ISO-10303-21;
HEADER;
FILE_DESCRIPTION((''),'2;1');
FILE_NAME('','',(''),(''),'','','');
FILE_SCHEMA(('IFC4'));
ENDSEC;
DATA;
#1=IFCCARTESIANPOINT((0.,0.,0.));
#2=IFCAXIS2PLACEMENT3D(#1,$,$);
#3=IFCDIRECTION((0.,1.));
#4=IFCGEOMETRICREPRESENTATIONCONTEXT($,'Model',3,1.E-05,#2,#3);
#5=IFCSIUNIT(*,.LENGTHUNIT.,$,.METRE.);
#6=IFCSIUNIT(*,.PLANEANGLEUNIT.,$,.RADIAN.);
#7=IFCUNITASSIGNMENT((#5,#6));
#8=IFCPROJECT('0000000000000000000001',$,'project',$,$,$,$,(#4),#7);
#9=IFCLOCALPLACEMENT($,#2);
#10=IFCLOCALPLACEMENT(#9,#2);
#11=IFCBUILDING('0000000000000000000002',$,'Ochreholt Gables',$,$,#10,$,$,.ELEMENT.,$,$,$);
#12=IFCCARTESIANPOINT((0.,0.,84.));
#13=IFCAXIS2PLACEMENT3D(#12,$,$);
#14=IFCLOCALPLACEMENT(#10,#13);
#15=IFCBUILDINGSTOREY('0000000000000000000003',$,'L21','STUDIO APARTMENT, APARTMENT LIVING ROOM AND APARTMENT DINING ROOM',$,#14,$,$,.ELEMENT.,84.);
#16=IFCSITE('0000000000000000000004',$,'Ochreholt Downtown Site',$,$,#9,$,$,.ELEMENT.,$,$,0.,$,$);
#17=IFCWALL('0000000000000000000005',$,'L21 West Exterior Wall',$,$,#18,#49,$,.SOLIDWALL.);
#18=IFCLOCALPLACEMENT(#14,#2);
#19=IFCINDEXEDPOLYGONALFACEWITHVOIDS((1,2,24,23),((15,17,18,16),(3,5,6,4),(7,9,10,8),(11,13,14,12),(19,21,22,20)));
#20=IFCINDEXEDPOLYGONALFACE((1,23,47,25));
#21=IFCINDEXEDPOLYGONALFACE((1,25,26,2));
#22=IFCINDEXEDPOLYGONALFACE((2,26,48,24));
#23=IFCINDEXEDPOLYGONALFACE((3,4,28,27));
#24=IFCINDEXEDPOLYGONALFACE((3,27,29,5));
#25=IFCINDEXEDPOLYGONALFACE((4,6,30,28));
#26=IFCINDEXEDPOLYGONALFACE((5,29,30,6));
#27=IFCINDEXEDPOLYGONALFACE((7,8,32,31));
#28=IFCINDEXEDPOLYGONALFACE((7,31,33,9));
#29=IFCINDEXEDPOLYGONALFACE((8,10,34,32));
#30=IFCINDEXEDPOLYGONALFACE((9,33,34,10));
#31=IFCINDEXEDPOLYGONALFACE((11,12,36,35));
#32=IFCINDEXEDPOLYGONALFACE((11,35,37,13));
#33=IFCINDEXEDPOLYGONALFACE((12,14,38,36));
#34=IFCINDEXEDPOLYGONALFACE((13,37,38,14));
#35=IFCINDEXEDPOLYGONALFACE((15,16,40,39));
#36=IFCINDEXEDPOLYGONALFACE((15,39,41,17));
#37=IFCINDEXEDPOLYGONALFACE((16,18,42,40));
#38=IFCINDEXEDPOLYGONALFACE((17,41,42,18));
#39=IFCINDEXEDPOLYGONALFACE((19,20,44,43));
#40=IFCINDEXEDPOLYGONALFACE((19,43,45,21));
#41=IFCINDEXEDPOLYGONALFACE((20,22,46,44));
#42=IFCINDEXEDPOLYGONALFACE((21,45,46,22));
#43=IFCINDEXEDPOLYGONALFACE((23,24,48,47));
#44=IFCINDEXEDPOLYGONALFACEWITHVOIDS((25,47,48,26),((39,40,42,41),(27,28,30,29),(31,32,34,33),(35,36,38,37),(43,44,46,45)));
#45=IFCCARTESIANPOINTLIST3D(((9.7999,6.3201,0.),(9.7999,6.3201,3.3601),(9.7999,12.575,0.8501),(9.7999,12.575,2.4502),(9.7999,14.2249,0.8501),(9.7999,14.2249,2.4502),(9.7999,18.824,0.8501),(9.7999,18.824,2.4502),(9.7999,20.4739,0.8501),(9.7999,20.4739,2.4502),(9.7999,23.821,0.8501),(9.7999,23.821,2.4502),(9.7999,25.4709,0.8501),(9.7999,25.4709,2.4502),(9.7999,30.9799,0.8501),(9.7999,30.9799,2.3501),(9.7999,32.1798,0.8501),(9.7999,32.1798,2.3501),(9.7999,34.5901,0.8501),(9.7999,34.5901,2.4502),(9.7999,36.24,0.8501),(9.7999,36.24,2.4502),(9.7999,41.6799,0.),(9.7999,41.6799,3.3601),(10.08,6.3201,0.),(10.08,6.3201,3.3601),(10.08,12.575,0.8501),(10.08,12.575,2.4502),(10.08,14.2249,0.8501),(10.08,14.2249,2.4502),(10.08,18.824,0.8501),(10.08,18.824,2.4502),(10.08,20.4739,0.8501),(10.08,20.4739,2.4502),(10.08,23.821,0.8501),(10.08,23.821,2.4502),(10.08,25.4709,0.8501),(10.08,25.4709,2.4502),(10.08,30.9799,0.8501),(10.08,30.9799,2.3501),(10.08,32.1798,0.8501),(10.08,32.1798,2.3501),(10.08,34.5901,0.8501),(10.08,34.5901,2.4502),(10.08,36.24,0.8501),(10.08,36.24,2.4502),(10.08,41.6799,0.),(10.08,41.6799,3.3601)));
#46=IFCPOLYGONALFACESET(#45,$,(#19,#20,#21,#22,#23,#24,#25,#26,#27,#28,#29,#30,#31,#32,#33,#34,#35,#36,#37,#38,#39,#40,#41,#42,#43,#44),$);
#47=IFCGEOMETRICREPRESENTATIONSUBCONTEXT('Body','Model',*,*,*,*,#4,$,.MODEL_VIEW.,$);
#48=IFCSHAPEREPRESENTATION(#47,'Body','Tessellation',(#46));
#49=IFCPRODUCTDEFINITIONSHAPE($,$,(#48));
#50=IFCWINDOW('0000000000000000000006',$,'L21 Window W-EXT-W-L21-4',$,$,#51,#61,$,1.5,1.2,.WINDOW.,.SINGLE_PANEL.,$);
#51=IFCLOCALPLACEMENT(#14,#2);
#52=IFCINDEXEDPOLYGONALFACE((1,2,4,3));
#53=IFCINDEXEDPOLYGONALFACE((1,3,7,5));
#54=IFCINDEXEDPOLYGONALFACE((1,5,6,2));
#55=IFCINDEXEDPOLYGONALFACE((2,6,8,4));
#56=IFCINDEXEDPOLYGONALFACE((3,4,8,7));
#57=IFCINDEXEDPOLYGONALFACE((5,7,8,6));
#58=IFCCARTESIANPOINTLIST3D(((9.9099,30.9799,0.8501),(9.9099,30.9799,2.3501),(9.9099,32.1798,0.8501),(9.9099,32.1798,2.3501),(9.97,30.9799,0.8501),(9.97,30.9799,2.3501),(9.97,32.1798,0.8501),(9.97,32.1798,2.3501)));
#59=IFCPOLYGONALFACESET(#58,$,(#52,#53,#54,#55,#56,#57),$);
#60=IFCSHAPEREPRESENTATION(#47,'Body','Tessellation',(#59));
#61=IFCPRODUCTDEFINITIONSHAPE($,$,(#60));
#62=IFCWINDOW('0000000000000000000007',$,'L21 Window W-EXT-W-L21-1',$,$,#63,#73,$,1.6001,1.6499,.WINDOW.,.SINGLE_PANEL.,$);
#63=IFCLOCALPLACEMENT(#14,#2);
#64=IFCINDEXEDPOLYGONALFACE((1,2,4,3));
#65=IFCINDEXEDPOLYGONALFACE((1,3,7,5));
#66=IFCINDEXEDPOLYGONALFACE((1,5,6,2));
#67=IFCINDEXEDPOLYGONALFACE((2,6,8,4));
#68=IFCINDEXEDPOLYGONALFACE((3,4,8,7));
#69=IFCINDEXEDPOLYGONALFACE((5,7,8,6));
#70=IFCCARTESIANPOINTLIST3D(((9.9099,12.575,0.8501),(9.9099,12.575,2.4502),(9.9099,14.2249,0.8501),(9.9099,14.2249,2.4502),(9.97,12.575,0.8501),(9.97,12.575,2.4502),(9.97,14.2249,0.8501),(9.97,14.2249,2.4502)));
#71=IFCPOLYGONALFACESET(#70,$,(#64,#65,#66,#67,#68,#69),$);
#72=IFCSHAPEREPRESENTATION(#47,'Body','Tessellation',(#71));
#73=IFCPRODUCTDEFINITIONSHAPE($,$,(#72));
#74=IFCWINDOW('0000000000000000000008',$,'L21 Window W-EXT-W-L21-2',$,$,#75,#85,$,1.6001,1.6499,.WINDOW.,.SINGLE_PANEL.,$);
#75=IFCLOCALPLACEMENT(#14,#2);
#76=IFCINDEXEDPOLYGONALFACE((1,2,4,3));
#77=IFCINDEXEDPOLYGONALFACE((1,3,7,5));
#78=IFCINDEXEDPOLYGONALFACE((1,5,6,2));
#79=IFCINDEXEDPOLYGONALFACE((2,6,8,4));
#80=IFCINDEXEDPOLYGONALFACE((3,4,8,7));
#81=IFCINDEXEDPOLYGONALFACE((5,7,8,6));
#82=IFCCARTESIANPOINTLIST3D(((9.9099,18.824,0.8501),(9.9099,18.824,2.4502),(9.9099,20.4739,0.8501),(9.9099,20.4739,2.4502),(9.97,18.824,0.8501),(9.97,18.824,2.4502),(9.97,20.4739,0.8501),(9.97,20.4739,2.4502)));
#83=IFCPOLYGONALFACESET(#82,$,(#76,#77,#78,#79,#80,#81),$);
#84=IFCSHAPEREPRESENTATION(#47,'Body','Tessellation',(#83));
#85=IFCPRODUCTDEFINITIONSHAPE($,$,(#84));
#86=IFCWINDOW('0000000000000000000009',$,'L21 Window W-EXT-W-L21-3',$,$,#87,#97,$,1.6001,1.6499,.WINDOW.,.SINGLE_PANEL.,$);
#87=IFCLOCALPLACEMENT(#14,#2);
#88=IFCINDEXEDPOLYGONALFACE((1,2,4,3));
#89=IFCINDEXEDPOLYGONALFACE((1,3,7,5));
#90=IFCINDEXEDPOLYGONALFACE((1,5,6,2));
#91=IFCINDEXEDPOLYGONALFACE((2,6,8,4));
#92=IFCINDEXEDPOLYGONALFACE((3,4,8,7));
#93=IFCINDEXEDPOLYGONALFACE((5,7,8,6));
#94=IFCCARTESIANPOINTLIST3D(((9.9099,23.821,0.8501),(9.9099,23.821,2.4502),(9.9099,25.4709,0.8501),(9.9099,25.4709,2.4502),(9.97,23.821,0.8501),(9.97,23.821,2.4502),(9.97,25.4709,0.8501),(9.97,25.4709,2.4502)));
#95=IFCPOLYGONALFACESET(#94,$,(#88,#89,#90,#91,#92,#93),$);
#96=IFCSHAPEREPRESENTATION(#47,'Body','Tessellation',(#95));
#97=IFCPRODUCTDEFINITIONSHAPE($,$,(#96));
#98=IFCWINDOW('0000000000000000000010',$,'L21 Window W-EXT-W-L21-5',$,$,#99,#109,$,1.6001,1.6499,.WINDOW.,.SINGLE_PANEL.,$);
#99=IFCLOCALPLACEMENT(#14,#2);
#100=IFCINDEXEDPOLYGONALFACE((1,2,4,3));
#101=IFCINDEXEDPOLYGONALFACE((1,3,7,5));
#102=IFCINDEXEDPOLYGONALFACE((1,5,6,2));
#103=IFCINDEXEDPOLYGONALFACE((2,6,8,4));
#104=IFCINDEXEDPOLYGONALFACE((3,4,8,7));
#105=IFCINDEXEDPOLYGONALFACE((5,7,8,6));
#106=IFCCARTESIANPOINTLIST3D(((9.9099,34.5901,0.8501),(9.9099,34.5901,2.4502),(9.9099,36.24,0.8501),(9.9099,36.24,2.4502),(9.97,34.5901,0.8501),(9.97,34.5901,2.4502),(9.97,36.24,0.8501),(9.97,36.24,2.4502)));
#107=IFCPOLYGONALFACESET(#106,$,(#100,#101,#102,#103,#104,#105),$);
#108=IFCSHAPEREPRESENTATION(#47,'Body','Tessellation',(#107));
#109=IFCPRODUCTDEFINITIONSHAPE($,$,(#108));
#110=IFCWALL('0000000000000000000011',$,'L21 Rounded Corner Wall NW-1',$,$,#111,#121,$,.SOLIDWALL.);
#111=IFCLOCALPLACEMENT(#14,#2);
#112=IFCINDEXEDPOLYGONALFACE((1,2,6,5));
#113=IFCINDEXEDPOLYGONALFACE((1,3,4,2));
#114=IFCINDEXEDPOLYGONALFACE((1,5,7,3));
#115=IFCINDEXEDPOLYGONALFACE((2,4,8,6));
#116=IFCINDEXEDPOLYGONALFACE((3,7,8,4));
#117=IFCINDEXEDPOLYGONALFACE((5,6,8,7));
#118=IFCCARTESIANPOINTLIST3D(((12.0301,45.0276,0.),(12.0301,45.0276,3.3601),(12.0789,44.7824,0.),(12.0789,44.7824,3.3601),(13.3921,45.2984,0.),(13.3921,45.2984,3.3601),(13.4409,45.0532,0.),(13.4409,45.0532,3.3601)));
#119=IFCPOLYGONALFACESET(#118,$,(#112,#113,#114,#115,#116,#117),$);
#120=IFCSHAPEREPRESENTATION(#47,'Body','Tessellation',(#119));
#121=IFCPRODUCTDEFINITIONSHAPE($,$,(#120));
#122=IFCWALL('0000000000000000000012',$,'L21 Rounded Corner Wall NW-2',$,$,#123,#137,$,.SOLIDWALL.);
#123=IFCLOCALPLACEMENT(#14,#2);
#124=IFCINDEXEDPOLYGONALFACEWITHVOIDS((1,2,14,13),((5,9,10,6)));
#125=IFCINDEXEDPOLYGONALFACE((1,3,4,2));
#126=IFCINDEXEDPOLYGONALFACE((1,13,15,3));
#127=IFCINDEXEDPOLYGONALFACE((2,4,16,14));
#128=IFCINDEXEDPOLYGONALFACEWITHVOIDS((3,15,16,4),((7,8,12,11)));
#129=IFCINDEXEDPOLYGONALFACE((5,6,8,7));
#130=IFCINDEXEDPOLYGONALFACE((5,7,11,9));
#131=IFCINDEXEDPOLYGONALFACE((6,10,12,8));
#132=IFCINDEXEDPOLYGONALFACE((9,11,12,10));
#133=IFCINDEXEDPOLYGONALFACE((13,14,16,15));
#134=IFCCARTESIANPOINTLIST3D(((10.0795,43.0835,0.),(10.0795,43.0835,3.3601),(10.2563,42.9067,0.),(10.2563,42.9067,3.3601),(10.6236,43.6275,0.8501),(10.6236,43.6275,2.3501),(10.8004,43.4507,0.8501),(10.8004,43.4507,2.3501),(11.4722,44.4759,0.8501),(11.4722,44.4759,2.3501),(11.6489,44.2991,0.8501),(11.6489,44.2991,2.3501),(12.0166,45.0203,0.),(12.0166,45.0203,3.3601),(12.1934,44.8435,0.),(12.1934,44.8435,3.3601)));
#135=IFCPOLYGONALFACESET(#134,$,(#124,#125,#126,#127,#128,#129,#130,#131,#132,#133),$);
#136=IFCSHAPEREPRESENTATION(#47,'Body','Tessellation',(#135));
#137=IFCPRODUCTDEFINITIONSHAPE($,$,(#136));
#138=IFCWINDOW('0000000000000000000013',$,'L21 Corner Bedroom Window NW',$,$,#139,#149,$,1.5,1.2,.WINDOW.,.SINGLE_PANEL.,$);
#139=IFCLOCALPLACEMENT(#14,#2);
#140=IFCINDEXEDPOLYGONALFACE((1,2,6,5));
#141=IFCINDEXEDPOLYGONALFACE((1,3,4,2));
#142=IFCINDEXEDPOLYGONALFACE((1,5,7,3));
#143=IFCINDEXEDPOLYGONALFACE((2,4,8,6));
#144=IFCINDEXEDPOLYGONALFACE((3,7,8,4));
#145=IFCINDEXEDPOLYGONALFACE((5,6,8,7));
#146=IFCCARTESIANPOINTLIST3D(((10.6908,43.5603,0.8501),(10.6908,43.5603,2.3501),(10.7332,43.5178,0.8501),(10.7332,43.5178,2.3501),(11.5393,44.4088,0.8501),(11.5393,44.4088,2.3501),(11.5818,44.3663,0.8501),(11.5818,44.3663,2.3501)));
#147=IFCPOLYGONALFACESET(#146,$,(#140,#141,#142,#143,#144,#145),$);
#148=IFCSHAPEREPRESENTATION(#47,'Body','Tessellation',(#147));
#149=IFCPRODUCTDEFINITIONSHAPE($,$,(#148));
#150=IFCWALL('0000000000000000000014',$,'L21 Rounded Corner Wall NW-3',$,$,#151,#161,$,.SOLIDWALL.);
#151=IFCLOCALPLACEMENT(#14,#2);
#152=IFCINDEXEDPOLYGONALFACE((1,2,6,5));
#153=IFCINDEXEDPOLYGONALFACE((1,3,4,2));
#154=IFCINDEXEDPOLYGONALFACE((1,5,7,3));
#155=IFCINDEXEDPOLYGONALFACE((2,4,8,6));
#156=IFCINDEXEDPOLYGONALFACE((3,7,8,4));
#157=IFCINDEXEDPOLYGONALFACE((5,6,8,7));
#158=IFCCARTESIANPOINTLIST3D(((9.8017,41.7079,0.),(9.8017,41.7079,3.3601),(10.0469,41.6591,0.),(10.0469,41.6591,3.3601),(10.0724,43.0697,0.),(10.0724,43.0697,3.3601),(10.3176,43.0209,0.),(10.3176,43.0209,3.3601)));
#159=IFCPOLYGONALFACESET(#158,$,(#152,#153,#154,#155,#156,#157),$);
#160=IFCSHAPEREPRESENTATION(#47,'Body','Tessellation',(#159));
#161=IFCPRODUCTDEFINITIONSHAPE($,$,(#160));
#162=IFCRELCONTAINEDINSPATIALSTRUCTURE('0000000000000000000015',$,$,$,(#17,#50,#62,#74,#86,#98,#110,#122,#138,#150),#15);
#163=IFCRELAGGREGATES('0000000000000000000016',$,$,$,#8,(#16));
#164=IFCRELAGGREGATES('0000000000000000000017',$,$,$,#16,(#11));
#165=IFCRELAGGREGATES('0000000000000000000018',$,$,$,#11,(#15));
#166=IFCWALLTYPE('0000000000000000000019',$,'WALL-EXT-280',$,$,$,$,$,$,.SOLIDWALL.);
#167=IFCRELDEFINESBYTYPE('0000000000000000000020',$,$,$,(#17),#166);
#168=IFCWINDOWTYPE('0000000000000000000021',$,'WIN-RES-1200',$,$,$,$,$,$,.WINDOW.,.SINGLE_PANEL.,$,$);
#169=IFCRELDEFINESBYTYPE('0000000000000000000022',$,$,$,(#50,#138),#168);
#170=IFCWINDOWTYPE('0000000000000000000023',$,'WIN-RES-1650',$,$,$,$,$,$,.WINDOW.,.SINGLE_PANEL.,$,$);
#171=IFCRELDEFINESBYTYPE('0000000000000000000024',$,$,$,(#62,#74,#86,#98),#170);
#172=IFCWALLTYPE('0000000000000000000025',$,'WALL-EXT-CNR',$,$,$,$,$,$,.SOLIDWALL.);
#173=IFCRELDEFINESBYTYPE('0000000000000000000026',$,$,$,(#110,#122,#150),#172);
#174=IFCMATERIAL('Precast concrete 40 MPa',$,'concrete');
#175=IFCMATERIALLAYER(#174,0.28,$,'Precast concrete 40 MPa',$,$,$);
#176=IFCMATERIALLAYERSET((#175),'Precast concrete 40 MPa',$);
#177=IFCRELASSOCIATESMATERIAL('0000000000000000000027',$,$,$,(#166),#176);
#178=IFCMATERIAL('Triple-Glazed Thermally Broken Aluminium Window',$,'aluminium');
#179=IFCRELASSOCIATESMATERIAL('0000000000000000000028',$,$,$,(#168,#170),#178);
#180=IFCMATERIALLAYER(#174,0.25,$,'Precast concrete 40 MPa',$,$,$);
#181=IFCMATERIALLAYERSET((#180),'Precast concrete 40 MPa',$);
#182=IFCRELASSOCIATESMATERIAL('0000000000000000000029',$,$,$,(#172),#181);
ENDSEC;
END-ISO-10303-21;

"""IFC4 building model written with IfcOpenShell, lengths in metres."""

from ifc_helpers import new_model, si_unit, direction, frame, frame_2d, origin, place, context, subcontext, project, spatial, rectangle, extrude, material, layer, layer_set, type_object, element, fill, save


model = new_model("IFC4")

# Units and contexts
model_context = context("Model", 3, precision=1e-05, world=origin(), true_north=direction((0.0, 1.0)))
body_context = subcontext(model_context, "Body", "Model", "MODEL_VIEW")
ifc_project = project(units=[si_unit("LENGTHUNIT", "METRE"), si_unit("PLANEANGLEUNIT", "RADIAN")], contexts=[model_context])

# Site, building, storey
site_placement = place(None, origin())
site = spatial("IfcSite", under=ifc_project, at=site_placement, Name="Ochreholt Downtown Site", CompositionType="ELEMENT", RefElevation=0.0)
building_placement = place(site_placement, origin())
building = spatial("IfcBuilding", under=site, at=building_placement, Name="Ochreholt Gables", CompositionType="ELEMENT")
storey_placement = place(building_placement, frame((0.0, 0.0, 84.0)))
storey = spatial("IfcBuildingStorey", under=building, at=storey_placement, Name="L21", Description="STUDIO APARTMENT, APARTMENT LIVING ROOM AND APARTMENT DINING ROOM", CompositionType="ELEMENT", Elevation=84.0)

# Wall, openings, windows
ifc_material_1 = material(Name="Precast concrete 40 MPa", Category="concrete")
ifc_layer_1 = layer(ifc_material_1, 0.28, Name="Precast concrete 40 MPa")
ifc_layer_set_1 = layer_set([ifc_layer_1], Name="Precast concrete 40 MPa")
wall_type_1 = type_object("IfcWallType", Name="WALL-EXT-280", PredefinedType="SOLIDWALL", material=ifc_layer_set_1)
wall_1_placement = place(storey_placement, frame((9.9399, 41.6799, 0.0), z_axis=(0.0, 0.0, 1.0), x_axis=(0.0, -1.0, 0.0)))
wall_1 = element("IfcWall", 1, at=wall_1_placement, inside=storey, type_object=wall_type_1, Name="L21 West Exterior Wall", PredefinedType="SOLIDWALL", context=body_context, shape_type="SweptSolid", body=[
    extrude(rectangle(XDim=35.3599, YDim=0.28, at=frame_2d((17.6799, 0.0))), origin(), (0.0, 0.0, 1.0), 3.3601),
])
opening_1_placement = place(wall_1_placement, frame((27.4551, 0.0, 0.8501)))
opening_1 = element("IfcOpeningElement", 2, at=opening_1_placement, cuts=wall_1, PredefinedType="OPENING", context=body_context, shape_type="SweptSolid", body=[
    extrude(rectangle(XDim=1.6499, YDim=1.6001, at=frame_2d((0.825, 0.8))), frame((0.0, 0.1499, 0.0), z_axis=(0.0, -1.0, 0.0), x_axis=(1.0, 0.0, 0.0)), (0.0, 0.0, 1.0), 0.3),
])
opening_2_placement = place(wall_1_placement, frame((21.2061, 0.0, 0.8501)))
opening_2 = element("IfcOpeningElement", 3, at=opening_2_placement, cuts=wall_1, PredefinedType="OPENING", context=body_context, shape_type="SweptSolid", body=[
    extrude(rectangle(XDim=1.6499, YDim=1.6001, at=frame_2d((0.825, 0.8))), frame((0.0, 0.1499, 0.0), z_axis=(0.0, -1.0, 0.0), x_axis=(1.0, 0.0, 0.0)), (0.0, 0.0, 1.0), 0.3),
])
opening_3_placement = place(wall_1_placement, frame((16.209, 0.0, 0.8501)))
opening_3 = element("IfcOpeningElement", 4, at=opening_3_placement, cuts=wall_1, PredefinedType="OPENING", context=body_context, shape_type="SweptSolid", body=[
    extrude(rectangle(XDim=1.6499, YDim=1.6001, at=frame_2d((0.825, 0.8))), frame((0.0, 0.1499, 0.0), z_axis=(0.0, -1.0, 0.0), x_axis=(1.0, 0.0, 0.0)), (0.0, 0.0, 1.0), 0.3),
])
opening_4_placement = place(wall_1_placement, frame((9.5, 0.0, 0.8501)))
opening_4 = element("IfcOpeningElement", 5, at=opening_4_placement, cuts=wall_1, PredefinedType="OPENING", context=body_context, shape_type="SweptSolid", body=[
    extrude(rectangle(XDim=1.2, YDim=1.5, at=frame_2d((0.6001, 0.75))), frame((0.0, 0.1499, 0.0), z_axis=(0.0, -1.0, 0.0), x_axis=(1.0, 0.0, 0.0)), (0.0, 0.0, 1.0), 0.3),
])
opening_5_placement = place(wall_1_placement, frame((5.4399, 0.0, 0.8501)))
opening_5 = element("IfcOpeningElement", 6, at=opening_5_placement, cuts=wall_1, PredefinedType="OPENING", context=body_context, shape_type="SweptSolid", body=[
    extrude(rectangle(XDim=1.6499, YDim=1.6001, at=frame_2d((0.825, 0.8))), frame((0.0, 0.1499, 0.0), z_axis=(0.0, -1.0, 0.0), x_axis=(1.0, 0.0, 0.0)), (0.0, 0.0, 1.0), 0.3),
])
ifc_material_2 = material(Name="Triple-Glazed Thermally Broken Aluminium Window", Category="aluminium")
window_type_1 = type_object("IfcWindowType", Name="WIN-RES-1200", PartitioningType="SINGLE_PANEL", PredefinedType="WINDOW", material=ifc_material_2)
window_1_placement = place(opening_4_placement, origin())
window_1 = element("IfcWindow", 7, at=window_1_placement, inside=storey, type_object=window_type_1, Name="L21 Window W-EXT-W-L21-4", OverallHeight=1.5, OverallWidth=1.2, PartitioningType="SINGLE_PANEL", PredefinedType="WINDOW", context=body_context, shape_type="SweptSolid", body=[
    extrude(rectangle(XDim=1.2, YDim=1.5, at=frame_2d((0.6001, 0.75))), frame((0.0, 0.03, 0.0), z_axis=(0.0, -1.0, 0.0), x_axis=(1.0, 0.0, 0.0)), (0.0, 0.0, 1.0), 0.0601),
])
fill(opening_4, window_1)
window_type_2 = type_object("IfcWindowType", Name="WIN-RES-1650", PartitioningType="SINGLE_PANEL", PredefinedType="WINDOW", material=ifc_material_2)
window_2_placement = place(opening_1_placement, origin())
window_2 = element("IfcWindow", 8, at=window_2_placement, inside=storey, type_object=window_type_2, Name="L21 Window W-EXT-W-L21-1", OverallHeight=1.6001, OverallWidth=1.6499, PartitioningType="SINGLE_PANEL", PredefinedType="WINDOW", context=body_context, shape_type="SweptSolid", body=[
    extrude(rectangle(XDim=1.6499, YDim=1.6001, at=frame_2d((0.825, 0.8))), frame((0.0, 0.03, 0.0), z_axis=(0.0, -1.0, 0.0), x_axis=(1.0, 0.0, 0.0)), (0.0, 0.0, 1.0), 0.0601),
])
fill(opening_1, window_2)
window_3_placement = place(opening_2_placement, origin())
window_3 = element("IfcWindow", 9, at=window_3_placement, inside=storey, type_object=window_type_2, Name="L21 Window W-EXT-W-L21-2", OverallHeight=1.6001, OverallWidth=1.6499, PartitioningType="SINGLE_PANEL", PredefinedType="WINDOW", context=body_context, shape_type="SweptSolid", body=[
    extrude(rectangle(XDim=1.6499, YDim=1.6001, at=frame_2d((0.825, 0.8))), frame((0.0, 0.03, 0.0), z_axis=(0.0, -1.0, 0.0), x_axis=(1.0, 0.0, 0.0)), (0.0, 0.0, 1.0), 0.0601),
])
fill(opening_2, window_3)
window_4_placement = place(opening_3_placement, origin())
window_4 = element("IfcWindow", 10, at=window_4_placement, inside=storey, type_object=window_type_2, Name="L21 Window W-EXT-W-L21-3", OverallHeight=1.6001, OverallWidth=1.6499, PartitioningType="SINGLE_PANEL", PredefinedType="WINDOW", context=body_context, shape_type="SweptSolid", body=[
    extrude(rectangle(XDim=1.6499, YDim=1.6001, at=frame_2d((0.825, 0.8))), frame((0.0, 0.03, 0.0), z_axis=(0.0, -1.0, 0.0), x_axis=(1.0, 0.0, 0.0)), (0.0, 0.0, 1.0), 0.0601),
])
fill(opening_3, window_4)
window_5_placement = place(opening_5_placement, origin())
window_5 = element("IfcWindow", 11, at=window_5_placement, inside=storey, type_object=window_type_2, Name="L21 Window W-EXT-W-L21-5", OverallHeight=1.6001, OverallWidth=1.6499, PartitioningType="SINGLE_PANEL", PredefinedType="WINDOW", context=body_context, shape_type="SweptSolid", body=[
    extrude(rectangle(XDim=1.6499, YDim=1.6001, at=frame_2d((0.825, 0.8))), frame((0.0, 0.03, 0.0), z_axis=(0.0, -1.0, 0.0), x_axis=(1.0, 0.0, 0.0)), (0.0, 0.0, 1.0), 0.0601),
])
fill(opening_5, window_5)

# Wall
ifc_layer_2 = layer(ifc_material_1, 0.25, Name="Precast concrete 40 MPa")
ifc_layer_set_2 = layer_set([ifc_layer_2], Name="Precast concrete 40 MPa")
wall_type_2 = type_object("IfcWallType", Name="WALL-EXT-CNR", PredefinedType="SOLIDWALL", material=ifc_layer_set_2)
wall_2_placement = place(storey_placement, frame((13.4165, 45.1758, 0.0), z_axis=(0.0, 0.0, 1.0), x_axis=(-0.98081, -0.194967, 0.0)))
element("IfcWall", 12, at=wall_2_placement, inside=storey, type_object=wall_type_2, Name="L21 Rounded Corner Wall NW-1", PredefinedType="SOLIDWALL", context=body_context, shape_type="SweptSolid", body=[
    extrude(rectangle(XDim=1.3887, YDim=0.25, at=frame_2d((0.6943, 0.0))), origin(), (0.0, 0.0, 1.0), 3.3601),
])

# Wall, opening, window
wall_3_placement = place(storey_placement, frame((12.105, 44.9319, 0.0), z_axis=(0.0, 0.0, 1.0), x_axis=(-0.707151, -0.707062, 0.0)))
wall_3 = element("IfcWall", 13, at=wall_3_placement, inside=storey, type_object=wall_type_2, Name="L21 Rounded Corner Wall NW-2", PredefinedType="SOLIDWALL", context=body_context, shape_type="SweptSolid", body=[
    extrude(rectangle(XDim=2.7393, YDim=0.25, at=frame_2d((1.3696, 0.0))), origin(), (0.0, 0.0, 1.0), 3.3601),
])
opening_6_placement = place(wall_3_placement, frame((0.7698, 0.0, 0.8501)))
opening_6 = element("IfcOpeningElement", 14, at=opening_6_placement, cuts=wall_3, PredefinedType="OPENING", context=body_context, shape_type="SweptSolid", body=[
    extrude(rectangle(XDim=1.2, YDim=1.5, at=frame_2d((0.6001, 0.75))), frame((0.0, 0.135, 0.0), z_axis=(0.0, -1.0, 0.0), x_axis=(1.0, 0.0, 0.0)), (0.0, 0.0, 1.0), 0.27),
])
window_6_placement = place(opening_6_placement, origin())
window_6 = element("IfcWindow", 15, at=window_6_placement, inside=storey, type_object=window_type_1, Name="L21 Corner Bedroom Window NW", OverallHeight=1.5, OverallWidth=1.2, PartitioningType="SINGLE_PANEL", PredefinedType="WINDOW", context=body_context, shape_type="SweptSolid", body=[
    extrude(rectangle(XDim=1.2, YDim=1.5, at=frame_2d((0.6001, 0.75))), frame((0.0, 0.03, 0.0), z_axis=(0.0, -1.0, 0.0), x_axis=(1.0, 0.0, 0.0)), (0.0, 0.0, 1.0), 0.0601),
])
fill(opening_6, window_6)

# Wall
wall_4_placement = place(storey_placement, frame((10.1951, 43.0454, 0.0), z_axis=(0.0, 0.0, 1.0), x_axis=(-0.195, -0.980803, 0.0)))
element("IfcWall", 16, at=wall_4_placement, inside=storey, type_object=wall_type_2, Name="L21 Rounded Corner Wall NW-3", PredefinedType="SOLIDWALL", context=body_context, shape_type="SweptSolid", body=[
    extrude(rectangle(XDim=1.3884, YDim=0.25, at=frame_2d((0.6943, 0.0))), origin(), (0.0, 0.0, 1.0), 3.3601),
])

save(model, "model.ifc")
